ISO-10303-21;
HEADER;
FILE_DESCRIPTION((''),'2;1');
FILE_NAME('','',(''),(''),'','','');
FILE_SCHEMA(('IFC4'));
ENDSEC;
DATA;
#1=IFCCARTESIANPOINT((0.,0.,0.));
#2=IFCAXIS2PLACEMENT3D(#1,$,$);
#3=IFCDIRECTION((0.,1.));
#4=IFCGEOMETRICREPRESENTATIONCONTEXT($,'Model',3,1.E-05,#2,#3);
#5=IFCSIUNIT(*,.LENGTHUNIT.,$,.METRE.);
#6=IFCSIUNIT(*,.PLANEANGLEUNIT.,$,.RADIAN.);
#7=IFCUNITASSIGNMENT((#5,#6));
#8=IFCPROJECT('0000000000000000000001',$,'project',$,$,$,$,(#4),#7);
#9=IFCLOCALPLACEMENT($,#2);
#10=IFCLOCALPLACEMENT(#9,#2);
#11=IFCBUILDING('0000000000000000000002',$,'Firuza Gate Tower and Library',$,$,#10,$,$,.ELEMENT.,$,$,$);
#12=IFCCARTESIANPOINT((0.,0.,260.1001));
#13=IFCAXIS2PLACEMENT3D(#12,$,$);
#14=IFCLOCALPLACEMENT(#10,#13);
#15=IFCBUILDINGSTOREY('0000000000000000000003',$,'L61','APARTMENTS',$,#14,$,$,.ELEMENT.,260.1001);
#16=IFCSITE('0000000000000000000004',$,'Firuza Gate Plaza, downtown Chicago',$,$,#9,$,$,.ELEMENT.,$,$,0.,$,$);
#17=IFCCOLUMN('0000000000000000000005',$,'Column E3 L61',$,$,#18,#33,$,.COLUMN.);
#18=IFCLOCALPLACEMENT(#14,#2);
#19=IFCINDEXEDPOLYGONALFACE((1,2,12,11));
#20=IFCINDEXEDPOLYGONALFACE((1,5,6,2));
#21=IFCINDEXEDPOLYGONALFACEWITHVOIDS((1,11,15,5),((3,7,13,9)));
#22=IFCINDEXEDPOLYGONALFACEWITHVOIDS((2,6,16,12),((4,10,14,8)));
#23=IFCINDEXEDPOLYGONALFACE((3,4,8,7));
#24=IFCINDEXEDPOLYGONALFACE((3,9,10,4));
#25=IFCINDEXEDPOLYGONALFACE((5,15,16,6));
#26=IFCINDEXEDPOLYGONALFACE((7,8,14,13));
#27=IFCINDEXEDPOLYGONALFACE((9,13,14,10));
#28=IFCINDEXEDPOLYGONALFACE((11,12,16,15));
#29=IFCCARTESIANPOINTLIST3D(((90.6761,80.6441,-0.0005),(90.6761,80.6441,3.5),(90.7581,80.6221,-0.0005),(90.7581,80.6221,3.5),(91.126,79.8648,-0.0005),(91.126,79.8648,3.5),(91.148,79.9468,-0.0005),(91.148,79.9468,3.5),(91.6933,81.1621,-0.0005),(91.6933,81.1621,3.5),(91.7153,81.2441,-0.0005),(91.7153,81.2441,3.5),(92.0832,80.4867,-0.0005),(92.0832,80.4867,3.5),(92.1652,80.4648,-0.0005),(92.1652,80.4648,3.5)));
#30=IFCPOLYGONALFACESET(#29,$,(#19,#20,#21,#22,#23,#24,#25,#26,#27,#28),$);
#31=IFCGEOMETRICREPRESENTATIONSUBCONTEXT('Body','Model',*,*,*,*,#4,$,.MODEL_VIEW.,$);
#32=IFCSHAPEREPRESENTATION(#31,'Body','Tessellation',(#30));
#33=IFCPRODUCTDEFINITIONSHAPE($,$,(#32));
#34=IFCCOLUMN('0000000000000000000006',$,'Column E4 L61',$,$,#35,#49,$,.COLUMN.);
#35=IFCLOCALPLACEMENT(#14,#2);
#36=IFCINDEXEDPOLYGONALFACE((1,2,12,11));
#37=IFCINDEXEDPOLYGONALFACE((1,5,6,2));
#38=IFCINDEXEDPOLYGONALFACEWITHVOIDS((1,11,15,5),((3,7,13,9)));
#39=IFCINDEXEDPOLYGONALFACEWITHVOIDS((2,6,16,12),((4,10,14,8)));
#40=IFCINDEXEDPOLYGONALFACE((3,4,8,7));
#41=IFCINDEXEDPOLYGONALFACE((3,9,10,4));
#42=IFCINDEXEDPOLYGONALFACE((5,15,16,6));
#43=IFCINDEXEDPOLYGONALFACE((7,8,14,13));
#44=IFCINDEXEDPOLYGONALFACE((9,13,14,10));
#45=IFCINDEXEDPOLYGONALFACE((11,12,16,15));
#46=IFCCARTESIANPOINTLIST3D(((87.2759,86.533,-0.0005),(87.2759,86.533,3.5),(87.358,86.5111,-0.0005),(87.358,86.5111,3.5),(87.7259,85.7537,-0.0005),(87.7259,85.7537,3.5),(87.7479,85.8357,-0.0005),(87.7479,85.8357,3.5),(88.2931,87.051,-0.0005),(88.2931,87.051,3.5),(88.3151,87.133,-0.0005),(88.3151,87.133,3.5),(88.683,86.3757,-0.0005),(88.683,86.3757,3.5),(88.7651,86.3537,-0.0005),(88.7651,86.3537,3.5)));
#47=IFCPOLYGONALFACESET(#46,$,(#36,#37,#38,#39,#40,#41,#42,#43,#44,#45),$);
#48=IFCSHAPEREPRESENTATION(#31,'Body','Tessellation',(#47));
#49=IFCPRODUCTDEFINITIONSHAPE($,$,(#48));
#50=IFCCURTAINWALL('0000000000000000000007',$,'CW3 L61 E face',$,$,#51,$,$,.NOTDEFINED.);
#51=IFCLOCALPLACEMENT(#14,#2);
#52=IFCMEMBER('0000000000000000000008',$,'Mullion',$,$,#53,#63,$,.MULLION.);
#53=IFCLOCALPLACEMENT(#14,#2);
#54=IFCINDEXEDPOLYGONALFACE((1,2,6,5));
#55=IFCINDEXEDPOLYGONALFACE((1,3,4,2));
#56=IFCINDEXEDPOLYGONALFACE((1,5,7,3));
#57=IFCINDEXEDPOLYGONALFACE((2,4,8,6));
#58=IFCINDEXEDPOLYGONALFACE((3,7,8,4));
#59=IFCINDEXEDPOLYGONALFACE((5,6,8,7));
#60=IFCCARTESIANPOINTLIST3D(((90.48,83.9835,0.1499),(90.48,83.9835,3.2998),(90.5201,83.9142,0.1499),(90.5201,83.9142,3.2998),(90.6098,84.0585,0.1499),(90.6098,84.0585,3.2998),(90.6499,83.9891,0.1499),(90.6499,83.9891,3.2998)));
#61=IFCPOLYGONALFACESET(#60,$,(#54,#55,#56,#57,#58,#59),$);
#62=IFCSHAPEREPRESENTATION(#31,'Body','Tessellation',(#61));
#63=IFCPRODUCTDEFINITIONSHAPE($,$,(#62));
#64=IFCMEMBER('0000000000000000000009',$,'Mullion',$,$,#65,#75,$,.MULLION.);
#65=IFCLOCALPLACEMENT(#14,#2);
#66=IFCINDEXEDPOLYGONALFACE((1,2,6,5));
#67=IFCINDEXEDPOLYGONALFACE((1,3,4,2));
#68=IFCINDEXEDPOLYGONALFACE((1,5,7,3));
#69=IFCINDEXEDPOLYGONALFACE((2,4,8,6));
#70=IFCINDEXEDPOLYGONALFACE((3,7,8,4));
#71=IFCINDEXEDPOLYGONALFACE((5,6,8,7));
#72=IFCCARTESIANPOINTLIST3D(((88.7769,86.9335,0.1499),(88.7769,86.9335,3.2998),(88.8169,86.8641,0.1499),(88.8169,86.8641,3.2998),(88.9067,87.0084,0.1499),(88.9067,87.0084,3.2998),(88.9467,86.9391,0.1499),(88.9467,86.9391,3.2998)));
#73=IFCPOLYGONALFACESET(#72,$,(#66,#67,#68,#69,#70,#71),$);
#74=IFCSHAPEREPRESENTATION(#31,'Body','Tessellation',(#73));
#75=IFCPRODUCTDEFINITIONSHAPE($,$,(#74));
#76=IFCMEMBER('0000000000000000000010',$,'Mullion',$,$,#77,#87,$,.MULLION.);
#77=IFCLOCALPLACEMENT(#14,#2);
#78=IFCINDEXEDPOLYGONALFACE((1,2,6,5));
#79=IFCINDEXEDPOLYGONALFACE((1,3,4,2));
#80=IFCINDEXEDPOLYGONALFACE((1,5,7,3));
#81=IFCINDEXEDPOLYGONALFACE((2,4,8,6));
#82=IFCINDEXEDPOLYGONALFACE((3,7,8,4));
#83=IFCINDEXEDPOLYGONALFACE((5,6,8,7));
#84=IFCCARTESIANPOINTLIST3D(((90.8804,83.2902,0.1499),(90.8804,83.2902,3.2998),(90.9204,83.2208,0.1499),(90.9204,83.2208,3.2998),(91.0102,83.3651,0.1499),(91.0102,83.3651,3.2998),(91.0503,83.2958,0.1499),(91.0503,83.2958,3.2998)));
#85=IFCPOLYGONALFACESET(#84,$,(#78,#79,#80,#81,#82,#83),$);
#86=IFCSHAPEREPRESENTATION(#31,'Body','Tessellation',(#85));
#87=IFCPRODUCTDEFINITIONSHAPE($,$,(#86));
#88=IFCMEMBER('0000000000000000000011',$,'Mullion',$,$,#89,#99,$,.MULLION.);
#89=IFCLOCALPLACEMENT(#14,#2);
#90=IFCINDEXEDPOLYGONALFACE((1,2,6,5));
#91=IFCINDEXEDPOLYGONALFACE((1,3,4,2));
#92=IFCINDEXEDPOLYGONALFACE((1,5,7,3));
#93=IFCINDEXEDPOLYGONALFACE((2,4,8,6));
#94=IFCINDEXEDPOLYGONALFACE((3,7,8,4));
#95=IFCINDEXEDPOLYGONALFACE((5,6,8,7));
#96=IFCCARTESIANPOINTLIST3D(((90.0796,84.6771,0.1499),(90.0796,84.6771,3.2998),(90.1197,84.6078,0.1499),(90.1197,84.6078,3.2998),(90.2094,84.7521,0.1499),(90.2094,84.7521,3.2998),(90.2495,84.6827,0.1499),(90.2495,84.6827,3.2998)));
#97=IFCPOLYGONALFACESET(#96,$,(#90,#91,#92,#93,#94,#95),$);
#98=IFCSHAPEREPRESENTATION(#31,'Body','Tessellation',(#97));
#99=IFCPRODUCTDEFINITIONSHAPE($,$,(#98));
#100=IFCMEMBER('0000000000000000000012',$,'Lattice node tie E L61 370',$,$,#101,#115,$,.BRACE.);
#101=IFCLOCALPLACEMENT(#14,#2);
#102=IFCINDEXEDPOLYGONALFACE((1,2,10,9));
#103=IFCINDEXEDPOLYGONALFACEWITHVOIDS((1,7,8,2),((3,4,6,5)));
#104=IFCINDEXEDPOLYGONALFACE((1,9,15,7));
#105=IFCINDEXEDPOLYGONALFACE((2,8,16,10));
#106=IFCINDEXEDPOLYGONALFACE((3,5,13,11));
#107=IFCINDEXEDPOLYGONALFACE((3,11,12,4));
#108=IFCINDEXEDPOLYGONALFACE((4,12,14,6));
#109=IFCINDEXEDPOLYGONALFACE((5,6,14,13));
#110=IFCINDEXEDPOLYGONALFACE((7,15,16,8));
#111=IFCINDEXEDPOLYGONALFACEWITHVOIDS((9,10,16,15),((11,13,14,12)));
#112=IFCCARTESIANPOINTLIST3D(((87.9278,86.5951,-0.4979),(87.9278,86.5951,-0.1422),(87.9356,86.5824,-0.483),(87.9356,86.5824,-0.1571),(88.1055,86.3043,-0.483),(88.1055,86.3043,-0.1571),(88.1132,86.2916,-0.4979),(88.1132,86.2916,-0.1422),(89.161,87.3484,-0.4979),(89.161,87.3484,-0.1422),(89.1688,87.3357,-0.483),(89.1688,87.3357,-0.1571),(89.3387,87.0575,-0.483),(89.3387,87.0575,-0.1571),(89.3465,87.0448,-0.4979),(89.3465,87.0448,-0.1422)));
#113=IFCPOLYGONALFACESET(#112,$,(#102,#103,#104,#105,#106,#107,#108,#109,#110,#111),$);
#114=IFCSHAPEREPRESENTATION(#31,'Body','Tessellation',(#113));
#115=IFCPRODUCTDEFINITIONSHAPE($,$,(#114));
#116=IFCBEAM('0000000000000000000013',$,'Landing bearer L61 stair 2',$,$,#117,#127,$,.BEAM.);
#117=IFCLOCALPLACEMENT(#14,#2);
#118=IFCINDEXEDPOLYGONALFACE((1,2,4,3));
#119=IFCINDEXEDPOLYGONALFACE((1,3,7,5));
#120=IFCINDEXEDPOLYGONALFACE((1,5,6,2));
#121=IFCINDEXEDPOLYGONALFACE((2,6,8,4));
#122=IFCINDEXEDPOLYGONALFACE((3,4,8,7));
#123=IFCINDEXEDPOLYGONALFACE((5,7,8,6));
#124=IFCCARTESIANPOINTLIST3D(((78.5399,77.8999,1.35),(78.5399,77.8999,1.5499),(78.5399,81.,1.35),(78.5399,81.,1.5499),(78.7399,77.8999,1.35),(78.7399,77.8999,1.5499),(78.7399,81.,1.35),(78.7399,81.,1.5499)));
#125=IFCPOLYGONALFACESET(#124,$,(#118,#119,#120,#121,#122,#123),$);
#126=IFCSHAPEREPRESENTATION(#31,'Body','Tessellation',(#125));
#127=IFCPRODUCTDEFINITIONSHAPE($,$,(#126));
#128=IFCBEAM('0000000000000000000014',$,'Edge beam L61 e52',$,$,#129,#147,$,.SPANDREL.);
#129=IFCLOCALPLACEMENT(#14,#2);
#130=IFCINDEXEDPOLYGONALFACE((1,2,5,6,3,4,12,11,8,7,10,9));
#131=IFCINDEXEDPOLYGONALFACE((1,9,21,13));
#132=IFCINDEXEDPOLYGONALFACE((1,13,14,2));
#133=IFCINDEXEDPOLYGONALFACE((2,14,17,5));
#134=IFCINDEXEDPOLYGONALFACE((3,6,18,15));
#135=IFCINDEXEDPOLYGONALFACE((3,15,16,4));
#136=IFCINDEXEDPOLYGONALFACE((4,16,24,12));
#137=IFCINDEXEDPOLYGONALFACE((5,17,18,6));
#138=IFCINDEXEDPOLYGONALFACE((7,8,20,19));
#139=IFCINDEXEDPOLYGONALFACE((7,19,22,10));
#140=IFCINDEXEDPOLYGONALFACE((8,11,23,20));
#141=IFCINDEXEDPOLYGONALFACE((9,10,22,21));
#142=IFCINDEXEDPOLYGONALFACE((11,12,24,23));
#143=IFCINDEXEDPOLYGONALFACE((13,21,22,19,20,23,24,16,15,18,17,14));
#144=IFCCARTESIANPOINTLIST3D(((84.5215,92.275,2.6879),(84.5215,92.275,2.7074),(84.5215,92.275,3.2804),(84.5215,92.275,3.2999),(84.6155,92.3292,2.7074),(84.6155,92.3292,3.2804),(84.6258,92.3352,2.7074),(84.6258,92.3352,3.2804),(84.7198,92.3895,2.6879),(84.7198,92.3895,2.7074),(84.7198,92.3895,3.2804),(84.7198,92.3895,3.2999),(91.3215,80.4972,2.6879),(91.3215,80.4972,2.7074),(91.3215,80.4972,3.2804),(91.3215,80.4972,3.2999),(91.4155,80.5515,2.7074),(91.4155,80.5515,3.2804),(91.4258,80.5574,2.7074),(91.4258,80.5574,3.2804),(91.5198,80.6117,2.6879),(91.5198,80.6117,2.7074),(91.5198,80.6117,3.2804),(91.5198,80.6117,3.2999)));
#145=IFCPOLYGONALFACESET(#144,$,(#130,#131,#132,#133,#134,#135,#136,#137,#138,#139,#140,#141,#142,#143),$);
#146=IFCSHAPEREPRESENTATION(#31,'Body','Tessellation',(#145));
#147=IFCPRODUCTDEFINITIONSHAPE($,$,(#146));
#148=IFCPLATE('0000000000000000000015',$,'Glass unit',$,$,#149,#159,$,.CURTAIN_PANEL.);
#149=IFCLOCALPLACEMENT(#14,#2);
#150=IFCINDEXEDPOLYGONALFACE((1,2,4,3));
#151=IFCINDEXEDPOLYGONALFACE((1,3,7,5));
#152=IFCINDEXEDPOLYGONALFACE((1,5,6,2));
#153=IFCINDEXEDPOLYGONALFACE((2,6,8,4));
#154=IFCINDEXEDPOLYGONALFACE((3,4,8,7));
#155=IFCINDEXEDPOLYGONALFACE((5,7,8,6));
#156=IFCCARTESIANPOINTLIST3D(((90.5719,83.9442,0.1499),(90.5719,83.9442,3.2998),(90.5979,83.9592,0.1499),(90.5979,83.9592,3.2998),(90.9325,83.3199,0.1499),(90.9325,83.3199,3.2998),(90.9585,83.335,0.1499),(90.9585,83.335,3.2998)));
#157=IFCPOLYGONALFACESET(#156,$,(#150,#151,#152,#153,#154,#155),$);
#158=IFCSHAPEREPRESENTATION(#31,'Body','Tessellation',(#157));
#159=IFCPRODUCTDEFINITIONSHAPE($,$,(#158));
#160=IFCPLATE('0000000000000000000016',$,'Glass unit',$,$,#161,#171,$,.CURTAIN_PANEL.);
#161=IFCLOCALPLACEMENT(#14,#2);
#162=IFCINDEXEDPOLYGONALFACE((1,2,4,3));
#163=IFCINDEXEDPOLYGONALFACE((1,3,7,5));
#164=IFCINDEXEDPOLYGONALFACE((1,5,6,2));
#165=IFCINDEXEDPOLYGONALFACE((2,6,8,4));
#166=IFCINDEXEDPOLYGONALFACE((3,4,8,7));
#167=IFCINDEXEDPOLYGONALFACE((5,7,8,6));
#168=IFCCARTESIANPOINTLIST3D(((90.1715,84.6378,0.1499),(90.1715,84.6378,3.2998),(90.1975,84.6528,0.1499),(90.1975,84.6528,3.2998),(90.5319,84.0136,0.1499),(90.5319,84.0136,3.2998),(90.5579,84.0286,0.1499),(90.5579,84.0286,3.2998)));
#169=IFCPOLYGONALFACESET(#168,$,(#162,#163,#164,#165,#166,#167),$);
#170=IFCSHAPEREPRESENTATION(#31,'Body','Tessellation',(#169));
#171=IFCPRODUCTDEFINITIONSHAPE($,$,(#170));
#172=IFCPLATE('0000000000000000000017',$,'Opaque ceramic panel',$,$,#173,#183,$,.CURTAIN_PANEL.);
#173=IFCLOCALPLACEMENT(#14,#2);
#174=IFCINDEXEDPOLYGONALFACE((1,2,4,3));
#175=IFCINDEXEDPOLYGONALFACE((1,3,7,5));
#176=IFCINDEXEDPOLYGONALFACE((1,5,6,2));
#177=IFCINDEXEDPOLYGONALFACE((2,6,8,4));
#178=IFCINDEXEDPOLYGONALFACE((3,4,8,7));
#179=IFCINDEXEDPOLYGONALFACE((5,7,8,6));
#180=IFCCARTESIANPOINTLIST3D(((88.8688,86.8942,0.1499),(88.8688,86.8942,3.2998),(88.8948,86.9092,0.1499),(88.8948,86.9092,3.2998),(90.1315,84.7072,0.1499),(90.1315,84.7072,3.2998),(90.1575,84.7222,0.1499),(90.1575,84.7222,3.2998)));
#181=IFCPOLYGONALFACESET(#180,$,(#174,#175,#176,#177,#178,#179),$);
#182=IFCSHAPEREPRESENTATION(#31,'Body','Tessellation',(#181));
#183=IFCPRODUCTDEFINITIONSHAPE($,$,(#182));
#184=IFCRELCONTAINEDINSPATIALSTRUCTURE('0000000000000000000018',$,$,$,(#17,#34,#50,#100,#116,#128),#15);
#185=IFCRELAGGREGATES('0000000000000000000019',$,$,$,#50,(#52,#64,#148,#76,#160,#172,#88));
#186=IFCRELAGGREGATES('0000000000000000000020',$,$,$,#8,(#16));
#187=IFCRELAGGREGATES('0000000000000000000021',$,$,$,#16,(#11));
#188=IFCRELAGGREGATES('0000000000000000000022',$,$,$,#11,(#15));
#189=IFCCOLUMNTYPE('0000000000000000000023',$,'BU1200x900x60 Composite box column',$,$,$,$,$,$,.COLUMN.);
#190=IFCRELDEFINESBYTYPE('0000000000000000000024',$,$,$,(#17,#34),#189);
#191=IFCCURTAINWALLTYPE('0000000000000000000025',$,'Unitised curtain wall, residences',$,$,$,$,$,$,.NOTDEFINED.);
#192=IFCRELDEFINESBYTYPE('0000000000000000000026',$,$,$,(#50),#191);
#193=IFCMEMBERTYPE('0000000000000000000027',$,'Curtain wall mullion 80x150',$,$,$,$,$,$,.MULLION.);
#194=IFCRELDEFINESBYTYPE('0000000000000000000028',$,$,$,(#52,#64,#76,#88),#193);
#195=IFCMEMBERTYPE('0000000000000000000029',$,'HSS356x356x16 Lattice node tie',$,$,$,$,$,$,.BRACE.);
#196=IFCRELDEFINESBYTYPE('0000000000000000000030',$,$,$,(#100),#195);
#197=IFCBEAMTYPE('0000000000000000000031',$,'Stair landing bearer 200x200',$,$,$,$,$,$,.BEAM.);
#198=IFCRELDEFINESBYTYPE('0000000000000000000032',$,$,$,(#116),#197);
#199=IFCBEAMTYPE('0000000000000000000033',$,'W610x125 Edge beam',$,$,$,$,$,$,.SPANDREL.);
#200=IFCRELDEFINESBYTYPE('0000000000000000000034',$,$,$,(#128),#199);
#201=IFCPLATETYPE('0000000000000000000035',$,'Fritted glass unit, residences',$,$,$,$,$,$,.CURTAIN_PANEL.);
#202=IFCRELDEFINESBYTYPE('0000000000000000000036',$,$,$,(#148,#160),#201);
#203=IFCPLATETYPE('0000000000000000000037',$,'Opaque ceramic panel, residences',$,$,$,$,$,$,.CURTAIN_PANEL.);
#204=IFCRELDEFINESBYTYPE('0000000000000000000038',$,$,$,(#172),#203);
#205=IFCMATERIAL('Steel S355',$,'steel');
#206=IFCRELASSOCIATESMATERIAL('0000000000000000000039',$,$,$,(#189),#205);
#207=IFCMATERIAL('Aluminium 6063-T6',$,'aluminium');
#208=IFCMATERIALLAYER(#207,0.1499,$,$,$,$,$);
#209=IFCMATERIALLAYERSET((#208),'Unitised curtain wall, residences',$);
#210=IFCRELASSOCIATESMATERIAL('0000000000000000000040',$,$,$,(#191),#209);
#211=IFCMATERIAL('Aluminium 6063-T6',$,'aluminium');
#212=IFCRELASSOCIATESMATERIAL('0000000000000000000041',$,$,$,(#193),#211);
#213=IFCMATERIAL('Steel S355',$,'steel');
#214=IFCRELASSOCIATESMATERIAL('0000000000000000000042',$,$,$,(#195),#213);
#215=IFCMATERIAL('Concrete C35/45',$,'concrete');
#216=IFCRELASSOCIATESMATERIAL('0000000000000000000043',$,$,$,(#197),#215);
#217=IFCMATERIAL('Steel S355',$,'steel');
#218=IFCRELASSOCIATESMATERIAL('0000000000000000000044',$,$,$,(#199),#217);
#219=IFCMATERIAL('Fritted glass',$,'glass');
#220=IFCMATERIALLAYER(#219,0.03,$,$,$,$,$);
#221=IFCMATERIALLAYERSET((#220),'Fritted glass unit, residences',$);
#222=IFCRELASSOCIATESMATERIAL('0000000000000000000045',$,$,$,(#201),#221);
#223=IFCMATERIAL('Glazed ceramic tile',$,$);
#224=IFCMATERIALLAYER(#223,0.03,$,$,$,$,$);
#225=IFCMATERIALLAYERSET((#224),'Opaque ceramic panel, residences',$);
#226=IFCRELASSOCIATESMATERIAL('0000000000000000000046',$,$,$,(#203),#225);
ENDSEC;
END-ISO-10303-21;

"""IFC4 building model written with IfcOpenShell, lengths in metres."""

from ifc_helpers import new_model, si_unit, direction, frame, origin, origin_2d, place, context, subcontext, project, spatial, polyline, rectangle, hollow_rectangle, i_section, outline, extrude, material, layer, layer_set, material_profile, profile_set, type_object, element, aggregate, save


model = new_model("IFC4")

# Units and contexts
model_context = context("Model", 3, precision=1e-05, world=origin(), true_north=direction((0.0, 1.0)))
body_context = subcontext(model_context, "Body", "Model", "MODEL_VIEW")
ifc_project = project(units=[si_unit("LENGTHUNIT", "METRE"), si_unit("PLANEANGLEUNIT", "RADIAN")], contexts=[model_context])

# Site, building, storey
site_placement = place(None, origin())
site = spatial("IfcSite", under=ifc_project, at=site_placement, Name="Firuza Gate Plaza, downtown Chicago", CompositionType="ELEMENT", RefElevation=0.0)
building_placement = place(site_placement, origin())
building = spatial("IfcBuilding", under=site, at=building_placement, Name="Firuza Gate Tower and Library", CompositionType="ELEMENT")
storey_placement = place(building_placement, frame((0.0, 0.0, 260.1001)))
storey = spatial("IfcBuildingStorey", under=building, at=storey_placement, Name="L61", Description="APARTMENTS", CompositionType="ELEMENT", Elevation=260.1001)

# Columns
ifc_material_1 = material(Name="Steel S355", Category="steel")
ifc_material_profile_1 = material_profile(ifc_material_1, hollow_rectangle(XDim=0.8999, YDim=1.2, WallThickness=0.0601, at=origin_2d()))
ifc_profile_set_1 = profile_set([ifc_material_profile_1], Name="Steel S355")
column_type = type_object("IfcColumnType", Name="BU1200x900x60 Composite box column", PredefinedType="COLUMN", material=ifc_profile_set_1)
for number, where, z_axis, x_axis, name in (
    (1, (91.4207, 80.5544, -0.0005), (0.0, 0.0, 1.0), (-0.5, 0.866025, 0.0), "Column E3 L61"),
    (2, (88.0205, 86.4434, -0.0005), (0.0, 0.0, 1.0), (-0.5, 0.866025, 0.0), "Column E4 L61"),
):
    element("IfcColumn", number, at=place(storey_placement, frame(where, z_axis=z_axis, x_axis=x_axis)), inside=storey, type_object=column_type, Name=name, PredefinedType="COLUMN", context=body_context, shape_type="SweptSolid", body=[
        extrude(hollow_rectangle(XDim=0.8999, YDim=1.2, WallThickness=0.0601, at=origin_2d()), origin(), (0.0, 0.0, 1.0), 3.5005),
    ])

# Curtain wall, members
ifc_material_2 = material(Name="Aluminium 6063-T6", Category="aluminium")
ifc_layer_1 = layer(ifc_material_2, 0.1499)
ifc_layer_set_1 = layer_set([ifc_layer_1], Name="Unitised curtain wall, residences")
curtain_wall_type = type_object("IfcCurtainWallType", Name="Unitised curtain wall, residences", PredefinedType="NOTDEFINED", material=ifc_layer_set_1)
placement = place(storey_placement, origin())
curtain_wall = element("IfcCurtainWall", 3, at=placement, inside=storey, type_object=curtain_wall_type, Name="CW3 L61 E face", PredefinedType="NOTDEFINED")
ifc_material_3 = material(Name="Aluminium 6063-T6", Category="aluminium")
ifc_material_profile_2 = material_profile(ifc_material_3, rectangle(XDim=0.1499, YDim=0.0801, at=origin_2d()))
ifc_profile_set_2 = profile_set([ifc_material_profile_2], Name="Aluminium 6063-T6")
member_type_1 = type_object("IfcMemberType", Name="Curtain wall mullion 80x150", PredefinedType="MULLION", material=ifc_profile_set_2)
member_1_placement = place(storey_placement, frame((90.5649, 83.9863, 0.1499), z_axis=(0.0, 0.0, 1.0), x_axis=(-0.866025, -0.5, 0.0)))
member_1 = element("IfcMember", 4, at=member_1_placement, type_object=member_type_1, Name="Mullion", PredefinedType="MULLION", context=body_context, shape_type="SweptSolid", body=[
    extrude(rectangle(XDim=0.1499, YDim=0.0801, at=origin_2d()), origin(), (0.0, 0.0, 1.0), 3.1499),
])
member_2_placement = place(storey_placement, frame((88.8618, 86.9363, 0.1499), z_axis=(0.0, 0.0, 1.0), x_axis=(-0.866025, -0.5, 0.0)))
member_2 = element("IfcMember", 5, at=member_2_placement, type_object=member_type_1, Name="Mullion", PredefinedType="MULLION", context=body_context, shape_type="SweptSolid", body=[
    extrude(rectangle(XDim=0.1499, YDim=0.0801, at=origin_2d()), origin(), (0.0, 0.0, 1.0), 3.1499),
])
member_3_placement = place(storey_placement, frame((90.9653, 83.293, 0.1499), z_axis=(0.0, 0.0, 1.0), x_axis=(-0.866025, -0.5, 0.0)))
member_3 = element("IfcMember", 6, at=member_3_placement, type_object=member_type_1, Name="Mullion", PredefinedType="MULLION", context=body_context, shape_type="SweptSolid", body=[
    extrude(rectangle(XDim=0.1499, YDim=0.0801, at=origin_2d()), origin(), (0.0, 0.0, 1.0), 3.1499),
])
member_4_placement = place(storey_placement, frame((90.1646, 84.6799, 0.1499), z_axis=(0.0, 0.0, 1.0), x_axis=(-0.866025, -0.5, 0.0)))
member_4 = element("IfcMember", 7, at=member_4_placement, type_object=member_type_1, Name="Mullion", PredefinedType="MULLION", context=body_context, shape_type="SweptSolid", body=[
    extrude(rectangle(XDim=0.1499, YDim=0.0801, at=origin_2d()), origin(), (0.0, 0.0, 1.0), 3.1499),
])

# Member
ifc_material_4 = material(Name="Steel S355", Category="steel")
ifc_material_profile_3 = material_profile(ifc_material_4, hollow_rectangle(XDim=0.3557, YDim=0.3557, WallThickness=0.0149, at=origin_2d()))
ifc_profile_set_3 = profile_set([ifc_material_profile_3], Name="Steel S355")
member_type_2 = type_object("IfcMemberType", Name="HSS356x356x16 Lattice node tie", PredefinedType="BRACE", material=ifc_profile_set_3)
member_5_placement = place(storey_placement, frame((88.0205, 86.4434, -0.3201), z_axis=(0.853411, 0.521238, 0.0), x_axis=(-0.521238, 0.853411, 0.0)))
element("IfcMember", 8, at=member_5_placement, inside=storey, type_object=member_type_2, Name="Lattice node tie E L61 370", PredefinedType="BRACE", context=body_context, shape_type="SweptSolid", body=[
    extrude(hollow_rectangle(XDim=0.3557, YDim=0.3557, WallThickness=0.0149, at=origin_2d()), origin(), (0.0, 0.0, 1.0), 1.4451),
])

# Beams
ifc_material_5 = material(Name="Concrete C35/45", Category="concrete")
ifc_material_profile_4 = material_profile(ifc_material_5, rectangle(XDim=0.2, YDim=0.2, at=origin_2d()))
ifc_profile_set_4 = profile_set([ifc_material_profile_4], Name="Concrete C35/45")
beam_type_1 = type_object("IfcBeamType", Name="Stair landing bearer 200x200", PredefinedType="BEAM", material=ifc_profile_set_4)
beam_1_placement = place(storey_placement, frame((78.6399, 81.0, 1.45), z_axis=(0.0, -1.0, 0.0), x_axis=(1.0, 0.0, 0.0)))
element("IfcBeam", 9, at=beam_1_placement, inside=storey, type_object=beam_type_1, Name="Landing bearer L61 stair 2", PredefinedType="BEAM", context=body_context, shape_type="SweptSolid", body=[
    extrude(rectangle(XDim=0.2, YDim=0.2, at=origin_2d()), origin(), (0.0, 0.0, 1.0), 3.1001),
])
ifc_material_6 = material(Name="Steel S355", Category="steel")
ifc_material_profile_5 = material_profile(ifc_material_6, i_section(OverallWidth=0.229, OverallDepth=0.6121, WebThickness=0.012, FlangeThickness=0.0195, at=origin_2d()))
ifc_profile_set_5 = profile_set([ifc_material_profile_5], Name="Steel S355")
beam_type_2 = type_object("IfcBeamType", Name="W610x125 Edge beam", PredefinedType="SPANDREL", material=ifc_profile_set_5)
beam_2_placement = place(storey_placement, frame((91.4207, 80.5544, 2.9939), z_axis=(-0.500006, 0.866022, 0.0), x_axis=(-0.866022, -0.500006, 0.0)))
element("IfcBeam", 10, at=beam_2_placement, inside=storey, type_object=beam_type_2, Name="Edge beam L61 e52", PredefinedType="SPANDREL", context=body_context, shape_type="SweptSolid", body=[
    extrude(i_section(OverallWidth=0.229, OverallDepth=0.6121, WebThickness=0.012, FlangeThickness=0.0195, at=origin_2d()), origin(), (0.0, 0.0, 1.0), 13.5999),
])

# Plates
ifc_material_7 = material(Name="Fritted glass", Category="glass")
ifc_layer_2 = layer(ifc_material_7, 0.03)
ifc_layer_set_2 = layer_set([ifc_layer_2], Name="Fritted glass unit, residences")
plate_type_1 = type_object("IfcPlateType", Name="Fritted glass unit, residences", PredefinedType="CURTAIN_PANEL", material=ifc_layer_set_2)
plate_1_placement = place(storey_placement, frame((90.9585, 83.335, 0.1499), z_axis=(0.86592, 0.500182, 0.0), x_axis=(-0.500182, 0.86592, 0.0)))
plate_1 = element("IfcPlate", 11, at=plate_1_placement, type_object=plate_type_1, Name="Glass unit", PredefinedType="CURTAIN_PANEL", context=body_context, shape_type="SweptSolid", body=[
    extrude(outline(polyline([(0.0, 0.0), (0.7209, 0.0), (0.7209, 3.1499), (0.0, 3.1499), (0.0, 0.0)])), origin(), (0.0, 0.0, -1.0), 0.03),
])
plate_2_placement = place(storey_placement, frame((90.5579, 84.0286, 0.1499), z_axis=(0.866067, 0.499928, 0.0), x_axis=(-0.499928, 0.866067, 0.0)))
plate_2 = element("IfcPlate", 12, at=plate_2_placement, type_object=plate_type_1, Name="Glass unit", PredefinedType="CURTAIN_PANEL", context=body_context, shape_type="SweptSolid", body=[
    extrude(outline(polyline([(0.0, 0.0), (0.7208, 0.0), (0.7208, 3.1499), (0.0, 3.1499), (0.0, 0.0)])), origin(), (0.0, 0.0, -1.0), 0.03),
])
ifc_material_8 = material(Name="Glazed ceramic tile")
ifc_layer_3 = layer(ifc_material_8, 0.03)
ifc_layer_set_3 = layer_set([ifc_layer_3], Name="Opaque ceramic panel, residences")
plate_type_2 = type_object("IfcPlateType", Name="Opaque ceramic panel, residences", PredefinedType="CURTAIN_PANEL", material=ifc_layer_set_3)
plate_3_placement = place(storey_placement, frame((90.1575, 84.7222, 0.1499), z_axis=(0.866021, 0.500007, 0.0), x_axis=(-0.500007, 0.866021, 0.0)))
plate_3 = element("IfcPlate", 13, at=plate_3_placement, type_object=plate_type_2, Name="Opaque ceramic panel", PredefinedType="CURTAIN_PANEL", context=body_context, shape_type="SweptSolid", body=[
    extrude(outline(polyline([(0.0, 0.0), (2.5254, 0.0), (2.5254, 3.1499), (0.0, 3.1499), (0.0, 0.0)])), origin(), (0.0, 0.0, -1.0), 0.03),
])
aggregate(curtain_wall, [member_1, member_2, plate_1, member_3, plate_2, plate_3, member_4])

save(model, "model.ifc")
